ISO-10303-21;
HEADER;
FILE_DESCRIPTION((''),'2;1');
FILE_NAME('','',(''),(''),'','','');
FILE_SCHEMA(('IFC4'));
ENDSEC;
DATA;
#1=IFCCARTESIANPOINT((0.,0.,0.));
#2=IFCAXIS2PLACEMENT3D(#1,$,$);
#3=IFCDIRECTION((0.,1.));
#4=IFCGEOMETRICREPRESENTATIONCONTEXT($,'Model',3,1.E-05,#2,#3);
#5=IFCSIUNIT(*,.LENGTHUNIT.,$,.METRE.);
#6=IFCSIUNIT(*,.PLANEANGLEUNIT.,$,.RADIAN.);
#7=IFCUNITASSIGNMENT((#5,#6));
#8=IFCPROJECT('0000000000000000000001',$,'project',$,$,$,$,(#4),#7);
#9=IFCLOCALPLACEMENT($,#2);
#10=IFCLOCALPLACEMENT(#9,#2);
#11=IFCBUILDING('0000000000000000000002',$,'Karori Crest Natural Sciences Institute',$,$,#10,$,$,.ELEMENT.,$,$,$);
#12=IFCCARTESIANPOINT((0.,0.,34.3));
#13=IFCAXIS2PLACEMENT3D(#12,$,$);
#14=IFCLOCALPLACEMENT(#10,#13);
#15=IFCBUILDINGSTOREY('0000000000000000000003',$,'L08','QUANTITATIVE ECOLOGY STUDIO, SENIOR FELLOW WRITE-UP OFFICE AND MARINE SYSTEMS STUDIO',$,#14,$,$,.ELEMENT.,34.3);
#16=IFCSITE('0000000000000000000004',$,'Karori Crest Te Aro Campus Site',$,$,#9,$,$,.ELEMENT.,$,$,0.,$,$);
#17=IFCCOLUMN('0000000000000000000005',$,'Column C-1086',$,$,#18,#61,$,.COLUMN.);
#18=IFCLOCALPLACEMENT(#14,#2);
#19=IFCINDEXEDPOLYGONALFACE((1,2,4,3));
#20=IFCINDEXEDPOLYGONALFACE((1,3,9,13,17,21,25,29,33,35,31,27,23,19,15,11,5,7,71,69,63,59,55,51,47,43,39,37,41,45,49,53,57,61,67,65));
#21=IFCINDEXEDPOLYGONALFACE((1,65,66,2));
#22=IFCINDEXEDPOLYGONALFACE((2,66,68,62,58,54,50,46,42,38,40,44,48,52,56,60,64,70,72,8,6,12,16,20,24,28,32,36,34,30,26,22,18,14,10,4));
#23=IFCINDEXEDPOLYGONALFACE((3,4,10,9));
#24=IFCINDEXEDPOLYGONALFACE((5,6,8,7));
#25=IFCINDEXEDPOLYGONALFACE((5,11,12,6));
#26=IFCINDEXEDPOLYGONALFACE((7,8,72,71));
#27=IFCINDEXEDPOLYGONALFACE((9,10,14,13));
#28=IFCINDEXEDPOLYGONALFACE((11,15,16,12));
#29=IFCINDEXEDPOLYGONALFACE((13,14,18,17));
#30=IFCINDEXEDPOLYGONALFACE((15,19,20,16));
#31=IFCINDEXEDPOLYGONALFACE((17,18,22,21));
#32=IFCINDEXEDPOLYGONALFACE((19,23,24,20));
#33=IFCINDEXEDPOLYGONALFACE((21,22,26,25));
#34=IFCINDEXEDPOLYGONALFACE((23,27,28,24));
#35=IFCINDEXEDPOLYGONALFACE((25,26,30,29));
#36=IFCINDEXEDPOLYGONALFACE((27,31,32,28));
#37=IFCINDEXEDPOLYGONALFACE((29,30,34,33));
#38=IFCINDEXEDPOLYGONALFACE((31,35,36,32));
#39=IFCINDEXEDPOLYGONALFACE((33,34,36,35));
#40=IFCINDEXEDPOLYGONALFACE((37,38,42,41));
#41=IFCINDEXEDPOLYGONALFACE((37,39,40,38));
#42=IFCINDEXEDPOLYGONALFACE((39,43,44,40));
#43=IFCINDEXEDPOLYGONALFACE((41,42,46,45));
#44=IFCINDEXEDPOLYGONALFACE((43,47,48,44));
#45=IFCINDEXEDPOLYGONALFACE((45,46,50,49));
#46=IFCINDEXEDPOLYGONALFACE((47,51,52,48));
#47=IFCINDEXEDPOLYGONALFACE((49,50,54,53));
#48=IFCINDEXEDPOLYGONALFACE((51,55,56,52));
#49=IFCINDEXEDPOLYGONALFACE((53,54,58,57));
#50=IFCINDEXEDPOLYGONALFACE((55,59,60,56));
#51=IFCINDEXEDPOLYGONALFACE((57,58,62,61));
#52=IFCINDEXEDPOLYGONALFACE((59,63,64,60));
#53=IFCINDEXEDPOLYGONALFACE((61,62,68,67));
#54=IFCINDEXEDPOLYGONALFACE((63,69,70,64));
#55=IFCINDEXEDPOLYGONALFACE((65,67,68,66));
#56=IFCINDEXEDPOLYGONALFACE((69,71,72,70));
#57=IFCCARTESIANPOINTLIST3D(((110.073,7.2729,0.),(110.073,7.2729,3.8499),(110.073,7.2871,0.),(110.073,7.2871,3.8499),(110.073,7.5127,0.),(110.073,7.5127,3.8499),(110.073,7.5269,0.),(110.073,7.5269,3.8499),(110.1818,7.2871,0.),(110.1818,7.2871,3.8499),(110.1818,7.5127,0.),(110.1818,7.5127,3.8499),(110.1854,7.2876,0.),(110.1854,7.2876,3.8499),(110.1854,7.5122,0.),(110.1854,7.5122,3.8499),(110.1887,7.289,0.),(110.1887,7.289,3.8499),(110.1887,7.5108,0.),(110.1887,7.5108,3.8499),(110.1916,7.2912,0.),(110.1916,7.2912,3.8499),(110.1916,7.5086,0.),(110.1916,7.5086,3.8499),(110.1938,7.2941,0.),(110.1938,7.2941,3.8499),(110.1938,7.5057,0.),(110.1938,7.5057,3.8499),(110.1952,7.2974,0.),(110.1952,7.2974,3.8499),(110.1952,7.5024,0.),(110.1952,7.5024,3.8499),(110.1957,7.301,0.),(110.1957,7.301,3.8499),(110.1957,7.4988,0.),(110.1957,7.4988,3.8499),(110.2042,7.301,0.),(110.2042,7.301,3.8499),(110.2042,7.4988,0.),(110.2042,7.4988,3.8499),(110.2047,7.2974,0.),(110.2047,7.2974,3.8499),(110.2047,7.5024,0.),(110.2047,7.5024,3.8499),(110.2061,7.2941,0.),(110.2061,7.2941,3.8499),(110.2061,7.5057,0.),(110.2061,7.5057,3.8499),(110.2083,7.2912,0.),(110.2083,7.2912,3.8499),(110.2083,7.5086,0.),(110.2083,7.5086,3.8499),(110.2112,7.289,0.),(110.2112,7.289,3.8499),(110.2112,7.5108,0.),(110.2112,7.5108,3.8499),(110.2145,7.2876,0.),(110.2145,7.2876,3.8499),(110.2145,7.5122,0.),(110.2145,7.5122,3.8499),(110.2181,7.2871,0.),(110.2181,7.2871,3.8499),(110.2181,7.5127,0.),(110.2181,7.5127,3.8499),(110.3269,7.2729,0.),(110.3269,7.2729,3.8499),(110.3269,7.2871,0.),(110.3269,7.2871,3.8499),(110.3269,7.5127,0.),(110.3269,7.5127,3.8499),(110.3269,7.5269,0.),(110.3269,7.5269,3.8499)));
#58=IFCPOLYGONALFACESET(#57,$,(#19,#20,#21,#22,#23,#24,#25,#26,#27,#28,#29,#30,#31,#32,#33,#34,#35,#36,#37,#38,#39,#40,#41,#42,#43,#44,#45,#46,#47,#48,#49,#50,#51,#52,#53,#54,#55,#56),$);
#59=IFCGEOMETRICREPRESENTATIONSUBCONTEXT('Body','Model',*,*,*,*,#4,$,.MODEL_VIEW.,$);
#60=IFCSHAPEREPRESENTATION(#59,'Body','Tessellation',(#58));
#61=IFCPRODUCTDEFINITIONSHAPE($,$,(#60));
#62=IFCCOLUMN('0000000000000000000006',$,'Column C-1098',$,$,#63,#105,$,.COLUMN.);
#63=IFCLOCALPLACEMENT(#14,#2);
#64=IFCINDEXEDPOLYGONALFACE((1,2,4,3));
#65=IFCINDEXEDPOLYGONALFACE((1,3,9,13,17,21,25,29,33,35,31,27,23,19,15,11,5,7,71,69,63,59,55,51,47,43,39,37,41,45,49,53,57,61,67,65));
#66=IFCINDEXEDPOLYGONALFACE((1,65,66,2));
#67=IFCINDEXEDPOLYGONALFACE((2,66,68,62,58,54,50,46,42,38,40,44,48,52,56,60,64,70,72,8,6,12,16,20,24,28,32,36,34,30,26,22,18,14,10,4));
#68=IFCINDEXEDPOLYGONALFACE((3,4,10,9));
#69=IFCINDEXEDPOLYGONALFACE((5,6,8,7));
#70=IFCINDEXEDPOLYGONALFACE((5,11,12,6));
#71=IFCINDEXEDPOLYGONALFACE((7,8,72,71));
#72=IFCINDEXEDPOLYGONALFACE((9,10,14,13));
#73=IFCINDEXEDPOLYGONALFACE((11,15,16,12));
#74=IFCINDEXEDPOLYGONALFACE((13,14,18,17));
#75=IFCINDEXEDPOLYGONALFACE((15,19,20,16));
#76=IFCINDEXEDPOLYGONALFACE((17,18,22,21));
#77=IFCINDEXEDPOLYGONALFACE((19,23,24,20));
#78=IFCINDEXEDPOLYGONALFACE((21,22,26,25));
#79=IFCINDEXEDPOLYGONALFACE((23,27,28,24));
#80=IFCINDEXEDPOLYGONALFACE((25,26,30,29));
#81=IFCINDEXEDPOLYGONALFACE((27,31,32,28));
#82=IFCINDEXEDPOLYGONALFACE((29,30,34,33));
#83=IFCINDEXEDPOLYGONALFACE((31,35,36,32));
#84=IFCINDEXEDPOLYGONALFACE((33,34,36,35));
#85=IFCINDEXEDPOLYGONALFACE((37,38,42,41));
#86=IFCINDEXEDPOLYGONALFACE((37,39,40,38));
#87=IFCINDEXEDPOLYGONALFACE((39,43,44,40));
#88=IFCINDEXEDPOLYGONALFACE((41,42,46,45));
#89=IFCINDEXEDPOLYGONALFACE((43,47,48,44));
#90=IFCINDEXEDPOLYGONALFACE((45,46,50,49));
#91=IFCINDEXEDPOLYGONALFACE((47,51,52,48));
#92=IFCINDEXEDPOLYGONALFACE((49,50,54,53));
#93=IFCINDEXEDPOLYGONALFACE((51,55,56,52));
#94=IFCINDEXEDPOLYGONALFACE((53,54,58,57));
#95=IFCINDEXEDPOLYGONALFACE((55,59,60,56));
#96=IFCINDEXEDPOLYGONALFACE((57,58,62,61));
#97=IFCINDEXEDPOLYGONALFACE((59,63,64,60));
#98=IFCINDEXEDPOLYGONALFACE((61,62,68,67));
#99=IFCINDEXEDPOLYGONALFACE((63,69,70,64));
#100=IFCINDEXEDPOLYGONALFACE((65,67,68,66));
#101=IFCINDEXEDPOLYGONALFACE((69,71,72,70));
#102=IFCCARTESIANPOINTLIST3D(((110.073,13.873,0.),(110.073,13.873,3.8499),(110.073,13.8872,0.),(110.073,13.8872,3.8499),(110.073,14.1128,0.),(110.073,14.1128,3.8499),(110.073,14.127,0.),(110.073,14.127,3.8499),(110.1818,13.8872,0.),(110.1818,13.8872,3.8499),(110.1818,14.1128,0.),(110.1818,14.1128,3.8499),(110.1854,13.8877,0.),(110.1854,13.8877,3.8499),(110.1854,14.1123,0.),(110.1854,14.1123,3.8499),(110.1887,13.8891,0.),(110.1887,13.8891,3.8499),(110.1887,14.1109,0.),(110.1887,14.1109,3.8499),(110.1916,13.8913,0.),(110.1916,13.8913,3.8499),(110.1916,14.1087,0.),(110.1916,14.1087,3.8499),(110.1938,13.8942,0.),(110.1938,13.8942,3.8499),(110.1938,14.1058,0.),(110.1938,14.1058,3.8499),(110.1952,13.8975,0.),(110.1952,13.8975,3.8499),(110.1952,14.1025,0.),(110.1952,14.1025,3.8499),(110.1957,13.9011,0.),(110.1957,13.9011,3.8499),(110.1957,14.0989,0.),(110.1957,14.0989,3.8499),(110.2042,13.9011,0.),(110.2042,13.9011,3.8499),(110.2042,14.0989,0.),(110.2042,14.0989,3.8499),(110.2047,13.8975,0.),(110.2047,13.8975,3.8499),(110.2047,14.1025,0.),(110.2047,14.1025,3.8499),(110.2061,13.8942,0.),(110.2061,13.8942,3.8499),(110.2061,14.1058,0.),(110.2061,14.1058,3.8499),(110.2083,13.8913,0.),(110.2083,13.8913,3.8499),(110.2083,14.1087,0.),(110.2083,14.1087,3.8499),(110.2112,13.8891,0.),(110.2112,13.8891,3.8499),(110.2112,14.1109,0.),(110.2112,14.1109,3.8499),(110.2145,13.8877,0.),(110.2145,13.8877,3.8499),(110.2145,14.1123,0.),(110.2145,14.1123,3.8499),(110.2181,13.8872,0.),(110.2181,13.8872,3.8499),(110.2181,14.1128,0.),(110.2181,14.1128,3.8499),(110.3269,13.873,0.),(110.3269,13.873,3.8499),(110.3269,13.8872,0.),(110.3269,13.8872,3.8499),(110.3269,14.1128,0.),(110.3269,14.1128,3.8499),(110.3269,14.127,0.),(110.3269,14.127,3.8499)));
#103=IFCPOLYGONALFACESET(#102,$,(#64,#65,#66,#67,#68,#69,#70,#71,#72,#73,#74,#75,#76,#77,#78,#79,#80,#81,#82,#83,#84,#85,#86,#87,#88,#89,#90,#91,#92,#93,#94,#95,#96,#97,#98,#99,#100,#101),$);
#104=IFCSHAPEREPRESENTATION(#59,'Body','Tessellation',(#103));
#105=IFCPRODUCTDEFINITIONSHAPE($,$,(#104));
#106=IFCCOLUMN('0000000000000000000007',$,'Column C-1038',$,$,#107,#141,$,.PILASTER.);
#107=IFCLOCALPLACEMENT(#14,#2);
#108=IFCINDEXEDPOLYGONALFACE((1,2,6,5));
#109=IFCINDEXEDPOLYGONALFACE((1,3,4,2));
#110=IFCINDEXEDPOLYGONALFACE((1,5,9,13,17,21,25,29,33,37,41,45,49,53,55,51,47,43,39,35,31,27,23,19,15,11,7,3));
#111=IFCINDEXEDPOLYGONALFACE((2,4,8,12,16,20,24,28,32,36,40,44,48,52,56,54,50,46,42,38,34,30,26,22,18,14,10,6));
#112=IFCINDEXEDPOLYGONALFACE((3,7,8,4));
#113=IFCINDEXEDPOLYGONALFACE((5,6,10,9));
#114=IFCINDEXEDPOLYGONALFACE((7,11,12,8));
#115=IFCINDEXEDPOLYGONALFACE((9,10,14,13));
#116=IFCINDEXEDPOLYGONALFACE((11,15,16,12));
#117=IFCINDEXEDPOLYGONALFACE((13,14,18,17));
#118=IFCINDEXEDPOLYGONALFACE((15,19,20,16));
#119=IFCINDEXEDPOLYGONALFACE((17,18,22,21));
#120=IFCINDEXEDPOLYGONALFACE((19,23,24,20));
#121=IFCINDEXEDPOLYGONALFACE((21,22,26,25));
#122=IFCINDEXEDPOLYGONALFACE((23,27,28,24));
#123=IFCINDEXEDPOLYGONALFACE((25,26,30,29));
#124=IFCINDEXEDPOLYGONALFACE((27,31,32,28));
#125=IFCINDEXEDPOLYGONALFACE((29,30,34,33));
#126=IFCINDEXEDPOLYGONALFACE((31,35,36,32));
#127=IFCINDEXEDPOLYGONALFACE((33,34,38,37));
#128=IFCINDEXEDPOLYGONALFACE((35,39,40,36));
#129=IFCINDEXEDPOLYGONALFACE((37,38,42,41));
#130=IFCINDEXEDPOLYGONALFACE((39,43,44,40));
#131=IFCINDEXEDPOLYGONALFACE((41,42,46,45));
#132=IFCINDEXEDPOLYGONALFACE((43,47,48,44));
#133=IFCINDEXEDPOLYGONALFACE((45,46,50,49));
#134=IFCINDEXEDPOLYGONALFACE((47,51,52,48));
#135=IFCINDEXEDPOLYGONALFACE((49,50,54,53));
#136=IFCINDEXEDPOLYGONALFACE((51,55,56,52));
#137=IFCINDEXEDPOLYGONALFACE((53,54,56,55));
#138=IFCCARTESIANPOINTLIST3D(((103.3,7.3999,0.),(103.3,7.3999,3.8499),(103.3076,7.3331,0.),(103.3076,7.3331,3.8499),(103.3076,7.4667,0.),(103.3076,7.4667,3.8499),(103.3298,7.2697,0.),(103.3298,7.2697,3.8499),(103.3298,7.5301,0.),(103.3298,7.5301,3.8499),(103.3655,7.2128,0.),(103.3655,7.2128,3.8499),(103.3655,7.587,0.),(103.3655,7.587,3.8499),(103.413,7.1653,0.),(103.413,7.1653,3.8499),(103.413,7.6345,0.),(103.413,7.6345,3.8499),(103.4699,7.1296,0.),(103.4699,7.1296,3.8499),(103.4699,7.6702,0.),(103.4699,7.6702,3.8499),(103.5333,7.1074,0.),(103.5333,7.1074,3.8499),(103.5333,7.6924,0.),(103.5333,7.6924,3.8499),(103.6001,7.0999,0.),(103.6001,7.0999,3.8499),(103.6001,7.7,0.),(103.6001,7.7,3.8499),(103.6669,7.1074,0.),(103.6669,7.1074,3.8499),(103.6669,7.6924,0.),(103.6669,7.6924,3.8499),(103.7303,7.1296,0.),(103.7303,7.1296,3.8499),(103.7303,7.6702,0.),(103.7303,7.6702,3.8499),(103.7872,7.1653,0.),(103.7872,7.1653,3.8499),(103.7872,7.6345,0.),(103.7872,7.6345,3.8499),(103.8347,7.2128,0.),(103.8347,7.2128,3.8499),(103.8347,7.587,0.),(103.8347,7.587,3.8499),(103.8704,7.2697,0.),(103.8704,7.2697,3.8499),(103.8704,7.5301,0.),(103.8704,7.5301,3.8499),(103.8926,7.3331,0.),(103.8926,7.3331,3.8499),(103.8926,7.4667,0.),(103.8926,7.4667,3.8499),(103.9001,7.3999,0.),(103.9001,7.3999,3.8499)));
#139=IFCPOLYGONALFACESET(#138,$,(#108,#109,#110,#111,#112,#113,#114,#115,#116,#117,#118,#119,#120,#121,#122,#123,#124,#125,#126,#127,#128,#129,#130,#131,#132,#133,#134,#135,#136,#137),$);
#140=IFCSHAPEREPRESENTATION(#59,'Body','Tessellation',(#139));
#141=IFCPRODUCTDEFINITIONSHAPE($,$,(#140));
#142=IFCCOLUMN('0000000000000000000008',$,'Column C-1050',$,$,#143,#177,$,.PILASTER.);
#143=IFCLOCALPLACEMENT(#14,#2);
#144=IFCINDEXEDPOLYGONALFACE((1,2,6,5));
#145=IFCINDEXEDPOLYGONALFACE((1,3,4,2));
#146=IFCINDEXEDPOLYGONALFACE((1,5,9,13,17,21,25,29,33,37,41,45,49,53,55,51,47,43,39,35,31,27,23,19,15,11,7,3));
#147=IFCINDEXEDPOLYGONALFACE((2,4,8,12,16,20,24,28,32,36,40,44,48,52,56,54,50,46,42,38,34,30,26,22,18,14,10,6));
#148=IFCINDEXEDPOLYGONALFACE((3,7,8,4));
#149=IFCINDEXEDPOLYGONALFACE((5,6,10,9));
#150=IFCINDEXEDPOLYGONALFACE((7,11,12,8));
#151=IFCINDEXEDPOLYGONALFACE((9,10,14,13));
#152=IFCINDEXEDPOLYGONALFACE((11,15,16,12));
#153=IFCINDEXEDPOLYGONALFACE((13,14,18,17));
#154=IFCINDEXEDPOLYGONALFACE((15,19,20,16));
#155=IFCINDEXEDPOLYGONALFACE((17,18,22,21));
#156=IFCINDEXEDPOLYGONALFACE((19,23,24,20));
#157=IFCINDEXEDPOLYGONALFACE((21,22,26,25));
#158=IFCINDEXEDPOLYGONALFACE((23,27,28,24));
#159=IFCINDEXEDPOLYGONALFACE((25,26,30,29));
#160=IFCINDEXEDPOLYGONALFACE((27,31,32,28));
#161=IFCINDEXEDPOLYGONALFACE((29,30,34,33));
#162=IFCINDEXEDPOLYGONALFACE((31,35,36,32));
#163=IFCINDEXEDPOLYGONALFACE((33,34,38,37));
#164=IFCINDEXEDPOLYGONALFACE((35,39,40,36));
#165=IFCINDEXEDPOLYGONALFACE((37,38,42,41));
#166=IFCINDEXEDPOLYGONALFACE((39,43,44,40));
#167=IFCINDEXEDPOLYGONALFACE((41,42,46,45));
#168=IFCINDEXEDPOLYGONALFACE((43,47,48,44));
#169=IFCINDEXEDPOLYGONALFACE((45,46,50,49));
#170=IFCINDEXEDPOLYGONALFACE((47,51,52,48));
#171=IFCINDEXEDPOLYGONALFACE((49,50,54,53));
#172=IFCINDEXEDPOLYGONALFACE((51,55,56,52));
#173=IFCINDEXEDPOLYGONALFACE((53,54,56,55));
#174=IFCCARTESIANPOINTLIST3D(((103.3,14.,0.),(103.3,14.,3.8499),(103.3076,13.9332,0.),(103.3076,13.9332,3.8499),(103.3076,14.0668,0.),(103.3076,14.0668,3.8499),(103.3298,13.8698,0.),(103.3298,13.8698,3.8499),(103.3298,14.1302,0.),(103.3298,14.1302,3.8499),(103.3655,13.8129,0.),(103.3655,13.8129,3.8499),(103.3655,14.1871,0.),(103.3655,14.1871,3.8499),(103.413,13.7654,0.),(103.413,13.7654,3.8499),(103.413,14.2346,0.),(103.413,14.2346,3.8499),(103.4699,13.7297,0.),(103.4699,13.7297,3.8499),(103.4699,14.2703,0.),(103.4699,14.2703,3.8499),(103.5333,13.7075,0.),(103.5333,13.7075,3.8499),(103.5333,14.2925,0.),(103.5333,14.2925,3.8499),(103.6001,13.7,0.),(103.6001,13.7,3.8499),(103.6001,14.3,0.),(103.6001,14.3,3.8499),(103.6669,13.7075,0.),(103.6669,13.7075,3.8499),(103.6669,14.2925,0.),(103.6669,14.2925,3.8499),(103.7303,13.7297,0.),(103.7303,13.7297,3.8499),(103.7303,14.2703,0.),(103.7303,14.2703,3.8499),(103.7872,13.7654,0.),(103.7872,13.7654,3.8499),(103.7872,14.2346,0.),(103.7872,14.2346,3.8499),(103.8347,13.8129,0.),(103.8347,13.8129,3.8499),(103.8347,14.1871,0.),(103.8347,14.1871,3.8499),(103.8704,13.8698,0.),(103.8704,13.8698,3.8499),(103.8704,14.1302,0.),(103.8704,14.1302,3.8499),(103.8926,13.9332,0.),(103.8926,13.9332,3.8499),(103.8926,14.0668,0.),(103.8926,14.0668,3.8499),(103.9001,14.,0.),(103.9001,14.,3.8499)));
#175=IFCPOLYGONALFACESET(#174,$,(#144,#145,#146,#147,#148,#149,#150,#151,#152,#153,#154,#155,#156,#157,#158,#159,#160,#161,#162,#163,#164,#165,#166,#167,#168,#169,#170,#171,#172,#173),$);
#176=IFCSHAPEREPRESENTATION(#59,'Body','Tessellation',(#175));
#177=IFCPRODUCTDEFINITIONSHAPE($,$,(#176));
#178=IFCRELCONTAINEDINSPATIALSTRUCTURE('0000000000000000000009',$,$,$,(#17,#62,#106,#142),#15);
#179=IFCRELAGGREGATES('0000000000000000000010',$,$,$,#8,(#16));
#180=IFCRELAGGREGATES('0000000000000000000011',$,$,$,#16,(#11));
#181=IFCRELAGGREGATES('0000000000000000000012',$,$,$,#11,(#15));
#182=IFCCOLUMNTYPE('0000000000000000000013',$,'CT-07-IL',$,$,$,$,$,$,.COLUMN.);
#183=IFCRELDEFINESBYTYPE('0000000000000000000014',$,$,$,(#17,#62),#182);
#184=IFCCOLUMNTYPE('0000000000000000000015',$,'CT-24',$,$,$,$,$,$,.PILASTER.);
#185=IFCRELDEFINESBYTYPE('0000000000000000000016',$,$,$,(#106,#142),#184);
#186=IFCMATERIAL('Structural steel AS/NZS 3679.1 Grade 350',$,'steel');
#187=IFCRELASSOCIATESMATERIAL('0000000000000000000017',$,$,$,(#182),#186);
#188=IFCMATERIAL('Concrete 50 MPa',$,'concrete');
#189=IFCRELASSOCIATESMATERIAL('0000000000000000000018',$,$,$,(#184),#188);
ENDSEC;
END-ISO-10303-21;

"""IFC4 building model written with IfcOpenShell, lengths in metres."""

from ifc_helpers import new_model, si_unit, direction, frame, origin, origin_2d, place, context, subcontext, project, spatial, circle, i_section, extrude, material, material_profile, profile_set, type_object, element, save


model = new_model("IFC4")

# Units and contexts
model_context = context("Model", 3, precision=1e-05, world=origin(), true_north=direction((0.0, 1.0)))
body_context = subcontext(model_context, "Body", "Model", "MODEL_VIEW")
ifc_project = project(units=[si_unit("LENGTHUNIT", "METRE"), si_unit("PLANEANGLEUNIT", "RADIAN")], contexts=[model_context])

# Site, building, storey
site_placement = place(None, origin())
site = spatial("IfcSite", under=ifc_project, at=site_placement, Name="Karori Crest Te Aro Campus Site", CompositionType="ELEMENT", RefElevation=0.0)
building_placement = place(site_placement, origin())
building = spatial("IfcBuilding", under=site, at=building_placement, Name="Karori Crest Natural Sciences Institute", CompositionType="ELEMENT")
storey_placement = place(building_placement, frame((0.0, 0.0, 34.3)))
storey = spatial("IfcBuildingStorey", under=building, at=storey_placement, Name="L08", Description="QUANTITATIVE ECOLOGY STUDIO, SENIOR FELLOW WRITE-UP OFFICE AND MARINE SYSTEMS STUDIO", CompositionType="ELEMENT", Elevation=34.3)

# Columns
ifc_material_1 = material(Name="Structural steel AS/NZS 3679.1 Grade 350", Category="steel")
ifc_material_profile_1 = material_profile(ifc_material_1, i_section(OverallWidth=0.2539, OverallDepth=0.2539, WebThickness=0.0085, FlangeThickness=0.0142, FilletRadius=0.0139, at=origin_2d()), Name="250UC72.9")
ifc_profile_set_1 = profile_set([ifc_material_profile_1], Name="Structural steel AS/NZS 3679.1 Grade 350")
column_type_1 = type_object("IfcColumnType", Name="CT-07-IL", PredefinedType="COLUMN", material=ifc_profile_set_1)
for number, where, z_axis, x_axis, name in (
    (1, (110.2, 7.3999, 0.0), (0.0, 0.0, 1.0), (1.0, 0.0, 0.0), "Column C-1086"),
    (2, (110.2, 14.0, 0.0), (0.0, 0.0, 1.0), (1.0, 0.0, 0.0), "Column C-1098"),
):
    element("IfcColumn", number, at=place(storey_placement, frame(where, z_axis=z_axis, x_axis=x_axis)), inside=storey, type_object=column_type_1, Name=name, PredefinedType="COLUMN", context=body_context, shape_type="SweptSolid", body=[
        extrude(i_section(OverallWidth=0.2539, OverallDepth=0.2539, WebThickness=0.0085, FlangeThickness=0.0142, FilletRadius=0.0139, at=origin_2d()), origin(), (0.0, 0.0, 1.0), 3.8499),
    ])
ifc_material_2 = material(Name="Concrete 50 MPa", Category="concrete")
ifc_material_profile_2 = material_profile(ifc_material_2, circle(Radius=0.3, at=origin_2d()), Name="RCC600")
ifc_profile_set_2 = profile_set([ifc_material_profile_2], Name="Concrete 50 MPa")
column_type_2 = type_object("IfcColumnType", Name="CT-24", PredefinedType="PILASTER", material=ifc_profile_set_2)
for number, where, z_axis, x_axis, name in (
    (3, (103.6001, 7.3999, 0.0), (0.0, 0.0, 1.0), (1.0, 0.0, 0.0), "Column C-1038"),
    (4, (103.6001, 14.0, 0.0), (0.0, 0.0, 1.0), (1.0, 0.0, 0.0), "Column C-1050"),
):
    element("IfcColumn", number, at=place(storey_placement, frame(where, z_axis=z_axis, x_axis=x_axis)), inside=storey, type_object=column_type_2, Name=name, PredefinedType="PILASTER", context=body_context, shape_type="SweptSolid", body=[
        extrude(circle(Radius=0.3, at=origin_2d()), origin(), (0.0, 0.0, 1.0), 3.8499),
    ])

save(model, "model.ifc")
